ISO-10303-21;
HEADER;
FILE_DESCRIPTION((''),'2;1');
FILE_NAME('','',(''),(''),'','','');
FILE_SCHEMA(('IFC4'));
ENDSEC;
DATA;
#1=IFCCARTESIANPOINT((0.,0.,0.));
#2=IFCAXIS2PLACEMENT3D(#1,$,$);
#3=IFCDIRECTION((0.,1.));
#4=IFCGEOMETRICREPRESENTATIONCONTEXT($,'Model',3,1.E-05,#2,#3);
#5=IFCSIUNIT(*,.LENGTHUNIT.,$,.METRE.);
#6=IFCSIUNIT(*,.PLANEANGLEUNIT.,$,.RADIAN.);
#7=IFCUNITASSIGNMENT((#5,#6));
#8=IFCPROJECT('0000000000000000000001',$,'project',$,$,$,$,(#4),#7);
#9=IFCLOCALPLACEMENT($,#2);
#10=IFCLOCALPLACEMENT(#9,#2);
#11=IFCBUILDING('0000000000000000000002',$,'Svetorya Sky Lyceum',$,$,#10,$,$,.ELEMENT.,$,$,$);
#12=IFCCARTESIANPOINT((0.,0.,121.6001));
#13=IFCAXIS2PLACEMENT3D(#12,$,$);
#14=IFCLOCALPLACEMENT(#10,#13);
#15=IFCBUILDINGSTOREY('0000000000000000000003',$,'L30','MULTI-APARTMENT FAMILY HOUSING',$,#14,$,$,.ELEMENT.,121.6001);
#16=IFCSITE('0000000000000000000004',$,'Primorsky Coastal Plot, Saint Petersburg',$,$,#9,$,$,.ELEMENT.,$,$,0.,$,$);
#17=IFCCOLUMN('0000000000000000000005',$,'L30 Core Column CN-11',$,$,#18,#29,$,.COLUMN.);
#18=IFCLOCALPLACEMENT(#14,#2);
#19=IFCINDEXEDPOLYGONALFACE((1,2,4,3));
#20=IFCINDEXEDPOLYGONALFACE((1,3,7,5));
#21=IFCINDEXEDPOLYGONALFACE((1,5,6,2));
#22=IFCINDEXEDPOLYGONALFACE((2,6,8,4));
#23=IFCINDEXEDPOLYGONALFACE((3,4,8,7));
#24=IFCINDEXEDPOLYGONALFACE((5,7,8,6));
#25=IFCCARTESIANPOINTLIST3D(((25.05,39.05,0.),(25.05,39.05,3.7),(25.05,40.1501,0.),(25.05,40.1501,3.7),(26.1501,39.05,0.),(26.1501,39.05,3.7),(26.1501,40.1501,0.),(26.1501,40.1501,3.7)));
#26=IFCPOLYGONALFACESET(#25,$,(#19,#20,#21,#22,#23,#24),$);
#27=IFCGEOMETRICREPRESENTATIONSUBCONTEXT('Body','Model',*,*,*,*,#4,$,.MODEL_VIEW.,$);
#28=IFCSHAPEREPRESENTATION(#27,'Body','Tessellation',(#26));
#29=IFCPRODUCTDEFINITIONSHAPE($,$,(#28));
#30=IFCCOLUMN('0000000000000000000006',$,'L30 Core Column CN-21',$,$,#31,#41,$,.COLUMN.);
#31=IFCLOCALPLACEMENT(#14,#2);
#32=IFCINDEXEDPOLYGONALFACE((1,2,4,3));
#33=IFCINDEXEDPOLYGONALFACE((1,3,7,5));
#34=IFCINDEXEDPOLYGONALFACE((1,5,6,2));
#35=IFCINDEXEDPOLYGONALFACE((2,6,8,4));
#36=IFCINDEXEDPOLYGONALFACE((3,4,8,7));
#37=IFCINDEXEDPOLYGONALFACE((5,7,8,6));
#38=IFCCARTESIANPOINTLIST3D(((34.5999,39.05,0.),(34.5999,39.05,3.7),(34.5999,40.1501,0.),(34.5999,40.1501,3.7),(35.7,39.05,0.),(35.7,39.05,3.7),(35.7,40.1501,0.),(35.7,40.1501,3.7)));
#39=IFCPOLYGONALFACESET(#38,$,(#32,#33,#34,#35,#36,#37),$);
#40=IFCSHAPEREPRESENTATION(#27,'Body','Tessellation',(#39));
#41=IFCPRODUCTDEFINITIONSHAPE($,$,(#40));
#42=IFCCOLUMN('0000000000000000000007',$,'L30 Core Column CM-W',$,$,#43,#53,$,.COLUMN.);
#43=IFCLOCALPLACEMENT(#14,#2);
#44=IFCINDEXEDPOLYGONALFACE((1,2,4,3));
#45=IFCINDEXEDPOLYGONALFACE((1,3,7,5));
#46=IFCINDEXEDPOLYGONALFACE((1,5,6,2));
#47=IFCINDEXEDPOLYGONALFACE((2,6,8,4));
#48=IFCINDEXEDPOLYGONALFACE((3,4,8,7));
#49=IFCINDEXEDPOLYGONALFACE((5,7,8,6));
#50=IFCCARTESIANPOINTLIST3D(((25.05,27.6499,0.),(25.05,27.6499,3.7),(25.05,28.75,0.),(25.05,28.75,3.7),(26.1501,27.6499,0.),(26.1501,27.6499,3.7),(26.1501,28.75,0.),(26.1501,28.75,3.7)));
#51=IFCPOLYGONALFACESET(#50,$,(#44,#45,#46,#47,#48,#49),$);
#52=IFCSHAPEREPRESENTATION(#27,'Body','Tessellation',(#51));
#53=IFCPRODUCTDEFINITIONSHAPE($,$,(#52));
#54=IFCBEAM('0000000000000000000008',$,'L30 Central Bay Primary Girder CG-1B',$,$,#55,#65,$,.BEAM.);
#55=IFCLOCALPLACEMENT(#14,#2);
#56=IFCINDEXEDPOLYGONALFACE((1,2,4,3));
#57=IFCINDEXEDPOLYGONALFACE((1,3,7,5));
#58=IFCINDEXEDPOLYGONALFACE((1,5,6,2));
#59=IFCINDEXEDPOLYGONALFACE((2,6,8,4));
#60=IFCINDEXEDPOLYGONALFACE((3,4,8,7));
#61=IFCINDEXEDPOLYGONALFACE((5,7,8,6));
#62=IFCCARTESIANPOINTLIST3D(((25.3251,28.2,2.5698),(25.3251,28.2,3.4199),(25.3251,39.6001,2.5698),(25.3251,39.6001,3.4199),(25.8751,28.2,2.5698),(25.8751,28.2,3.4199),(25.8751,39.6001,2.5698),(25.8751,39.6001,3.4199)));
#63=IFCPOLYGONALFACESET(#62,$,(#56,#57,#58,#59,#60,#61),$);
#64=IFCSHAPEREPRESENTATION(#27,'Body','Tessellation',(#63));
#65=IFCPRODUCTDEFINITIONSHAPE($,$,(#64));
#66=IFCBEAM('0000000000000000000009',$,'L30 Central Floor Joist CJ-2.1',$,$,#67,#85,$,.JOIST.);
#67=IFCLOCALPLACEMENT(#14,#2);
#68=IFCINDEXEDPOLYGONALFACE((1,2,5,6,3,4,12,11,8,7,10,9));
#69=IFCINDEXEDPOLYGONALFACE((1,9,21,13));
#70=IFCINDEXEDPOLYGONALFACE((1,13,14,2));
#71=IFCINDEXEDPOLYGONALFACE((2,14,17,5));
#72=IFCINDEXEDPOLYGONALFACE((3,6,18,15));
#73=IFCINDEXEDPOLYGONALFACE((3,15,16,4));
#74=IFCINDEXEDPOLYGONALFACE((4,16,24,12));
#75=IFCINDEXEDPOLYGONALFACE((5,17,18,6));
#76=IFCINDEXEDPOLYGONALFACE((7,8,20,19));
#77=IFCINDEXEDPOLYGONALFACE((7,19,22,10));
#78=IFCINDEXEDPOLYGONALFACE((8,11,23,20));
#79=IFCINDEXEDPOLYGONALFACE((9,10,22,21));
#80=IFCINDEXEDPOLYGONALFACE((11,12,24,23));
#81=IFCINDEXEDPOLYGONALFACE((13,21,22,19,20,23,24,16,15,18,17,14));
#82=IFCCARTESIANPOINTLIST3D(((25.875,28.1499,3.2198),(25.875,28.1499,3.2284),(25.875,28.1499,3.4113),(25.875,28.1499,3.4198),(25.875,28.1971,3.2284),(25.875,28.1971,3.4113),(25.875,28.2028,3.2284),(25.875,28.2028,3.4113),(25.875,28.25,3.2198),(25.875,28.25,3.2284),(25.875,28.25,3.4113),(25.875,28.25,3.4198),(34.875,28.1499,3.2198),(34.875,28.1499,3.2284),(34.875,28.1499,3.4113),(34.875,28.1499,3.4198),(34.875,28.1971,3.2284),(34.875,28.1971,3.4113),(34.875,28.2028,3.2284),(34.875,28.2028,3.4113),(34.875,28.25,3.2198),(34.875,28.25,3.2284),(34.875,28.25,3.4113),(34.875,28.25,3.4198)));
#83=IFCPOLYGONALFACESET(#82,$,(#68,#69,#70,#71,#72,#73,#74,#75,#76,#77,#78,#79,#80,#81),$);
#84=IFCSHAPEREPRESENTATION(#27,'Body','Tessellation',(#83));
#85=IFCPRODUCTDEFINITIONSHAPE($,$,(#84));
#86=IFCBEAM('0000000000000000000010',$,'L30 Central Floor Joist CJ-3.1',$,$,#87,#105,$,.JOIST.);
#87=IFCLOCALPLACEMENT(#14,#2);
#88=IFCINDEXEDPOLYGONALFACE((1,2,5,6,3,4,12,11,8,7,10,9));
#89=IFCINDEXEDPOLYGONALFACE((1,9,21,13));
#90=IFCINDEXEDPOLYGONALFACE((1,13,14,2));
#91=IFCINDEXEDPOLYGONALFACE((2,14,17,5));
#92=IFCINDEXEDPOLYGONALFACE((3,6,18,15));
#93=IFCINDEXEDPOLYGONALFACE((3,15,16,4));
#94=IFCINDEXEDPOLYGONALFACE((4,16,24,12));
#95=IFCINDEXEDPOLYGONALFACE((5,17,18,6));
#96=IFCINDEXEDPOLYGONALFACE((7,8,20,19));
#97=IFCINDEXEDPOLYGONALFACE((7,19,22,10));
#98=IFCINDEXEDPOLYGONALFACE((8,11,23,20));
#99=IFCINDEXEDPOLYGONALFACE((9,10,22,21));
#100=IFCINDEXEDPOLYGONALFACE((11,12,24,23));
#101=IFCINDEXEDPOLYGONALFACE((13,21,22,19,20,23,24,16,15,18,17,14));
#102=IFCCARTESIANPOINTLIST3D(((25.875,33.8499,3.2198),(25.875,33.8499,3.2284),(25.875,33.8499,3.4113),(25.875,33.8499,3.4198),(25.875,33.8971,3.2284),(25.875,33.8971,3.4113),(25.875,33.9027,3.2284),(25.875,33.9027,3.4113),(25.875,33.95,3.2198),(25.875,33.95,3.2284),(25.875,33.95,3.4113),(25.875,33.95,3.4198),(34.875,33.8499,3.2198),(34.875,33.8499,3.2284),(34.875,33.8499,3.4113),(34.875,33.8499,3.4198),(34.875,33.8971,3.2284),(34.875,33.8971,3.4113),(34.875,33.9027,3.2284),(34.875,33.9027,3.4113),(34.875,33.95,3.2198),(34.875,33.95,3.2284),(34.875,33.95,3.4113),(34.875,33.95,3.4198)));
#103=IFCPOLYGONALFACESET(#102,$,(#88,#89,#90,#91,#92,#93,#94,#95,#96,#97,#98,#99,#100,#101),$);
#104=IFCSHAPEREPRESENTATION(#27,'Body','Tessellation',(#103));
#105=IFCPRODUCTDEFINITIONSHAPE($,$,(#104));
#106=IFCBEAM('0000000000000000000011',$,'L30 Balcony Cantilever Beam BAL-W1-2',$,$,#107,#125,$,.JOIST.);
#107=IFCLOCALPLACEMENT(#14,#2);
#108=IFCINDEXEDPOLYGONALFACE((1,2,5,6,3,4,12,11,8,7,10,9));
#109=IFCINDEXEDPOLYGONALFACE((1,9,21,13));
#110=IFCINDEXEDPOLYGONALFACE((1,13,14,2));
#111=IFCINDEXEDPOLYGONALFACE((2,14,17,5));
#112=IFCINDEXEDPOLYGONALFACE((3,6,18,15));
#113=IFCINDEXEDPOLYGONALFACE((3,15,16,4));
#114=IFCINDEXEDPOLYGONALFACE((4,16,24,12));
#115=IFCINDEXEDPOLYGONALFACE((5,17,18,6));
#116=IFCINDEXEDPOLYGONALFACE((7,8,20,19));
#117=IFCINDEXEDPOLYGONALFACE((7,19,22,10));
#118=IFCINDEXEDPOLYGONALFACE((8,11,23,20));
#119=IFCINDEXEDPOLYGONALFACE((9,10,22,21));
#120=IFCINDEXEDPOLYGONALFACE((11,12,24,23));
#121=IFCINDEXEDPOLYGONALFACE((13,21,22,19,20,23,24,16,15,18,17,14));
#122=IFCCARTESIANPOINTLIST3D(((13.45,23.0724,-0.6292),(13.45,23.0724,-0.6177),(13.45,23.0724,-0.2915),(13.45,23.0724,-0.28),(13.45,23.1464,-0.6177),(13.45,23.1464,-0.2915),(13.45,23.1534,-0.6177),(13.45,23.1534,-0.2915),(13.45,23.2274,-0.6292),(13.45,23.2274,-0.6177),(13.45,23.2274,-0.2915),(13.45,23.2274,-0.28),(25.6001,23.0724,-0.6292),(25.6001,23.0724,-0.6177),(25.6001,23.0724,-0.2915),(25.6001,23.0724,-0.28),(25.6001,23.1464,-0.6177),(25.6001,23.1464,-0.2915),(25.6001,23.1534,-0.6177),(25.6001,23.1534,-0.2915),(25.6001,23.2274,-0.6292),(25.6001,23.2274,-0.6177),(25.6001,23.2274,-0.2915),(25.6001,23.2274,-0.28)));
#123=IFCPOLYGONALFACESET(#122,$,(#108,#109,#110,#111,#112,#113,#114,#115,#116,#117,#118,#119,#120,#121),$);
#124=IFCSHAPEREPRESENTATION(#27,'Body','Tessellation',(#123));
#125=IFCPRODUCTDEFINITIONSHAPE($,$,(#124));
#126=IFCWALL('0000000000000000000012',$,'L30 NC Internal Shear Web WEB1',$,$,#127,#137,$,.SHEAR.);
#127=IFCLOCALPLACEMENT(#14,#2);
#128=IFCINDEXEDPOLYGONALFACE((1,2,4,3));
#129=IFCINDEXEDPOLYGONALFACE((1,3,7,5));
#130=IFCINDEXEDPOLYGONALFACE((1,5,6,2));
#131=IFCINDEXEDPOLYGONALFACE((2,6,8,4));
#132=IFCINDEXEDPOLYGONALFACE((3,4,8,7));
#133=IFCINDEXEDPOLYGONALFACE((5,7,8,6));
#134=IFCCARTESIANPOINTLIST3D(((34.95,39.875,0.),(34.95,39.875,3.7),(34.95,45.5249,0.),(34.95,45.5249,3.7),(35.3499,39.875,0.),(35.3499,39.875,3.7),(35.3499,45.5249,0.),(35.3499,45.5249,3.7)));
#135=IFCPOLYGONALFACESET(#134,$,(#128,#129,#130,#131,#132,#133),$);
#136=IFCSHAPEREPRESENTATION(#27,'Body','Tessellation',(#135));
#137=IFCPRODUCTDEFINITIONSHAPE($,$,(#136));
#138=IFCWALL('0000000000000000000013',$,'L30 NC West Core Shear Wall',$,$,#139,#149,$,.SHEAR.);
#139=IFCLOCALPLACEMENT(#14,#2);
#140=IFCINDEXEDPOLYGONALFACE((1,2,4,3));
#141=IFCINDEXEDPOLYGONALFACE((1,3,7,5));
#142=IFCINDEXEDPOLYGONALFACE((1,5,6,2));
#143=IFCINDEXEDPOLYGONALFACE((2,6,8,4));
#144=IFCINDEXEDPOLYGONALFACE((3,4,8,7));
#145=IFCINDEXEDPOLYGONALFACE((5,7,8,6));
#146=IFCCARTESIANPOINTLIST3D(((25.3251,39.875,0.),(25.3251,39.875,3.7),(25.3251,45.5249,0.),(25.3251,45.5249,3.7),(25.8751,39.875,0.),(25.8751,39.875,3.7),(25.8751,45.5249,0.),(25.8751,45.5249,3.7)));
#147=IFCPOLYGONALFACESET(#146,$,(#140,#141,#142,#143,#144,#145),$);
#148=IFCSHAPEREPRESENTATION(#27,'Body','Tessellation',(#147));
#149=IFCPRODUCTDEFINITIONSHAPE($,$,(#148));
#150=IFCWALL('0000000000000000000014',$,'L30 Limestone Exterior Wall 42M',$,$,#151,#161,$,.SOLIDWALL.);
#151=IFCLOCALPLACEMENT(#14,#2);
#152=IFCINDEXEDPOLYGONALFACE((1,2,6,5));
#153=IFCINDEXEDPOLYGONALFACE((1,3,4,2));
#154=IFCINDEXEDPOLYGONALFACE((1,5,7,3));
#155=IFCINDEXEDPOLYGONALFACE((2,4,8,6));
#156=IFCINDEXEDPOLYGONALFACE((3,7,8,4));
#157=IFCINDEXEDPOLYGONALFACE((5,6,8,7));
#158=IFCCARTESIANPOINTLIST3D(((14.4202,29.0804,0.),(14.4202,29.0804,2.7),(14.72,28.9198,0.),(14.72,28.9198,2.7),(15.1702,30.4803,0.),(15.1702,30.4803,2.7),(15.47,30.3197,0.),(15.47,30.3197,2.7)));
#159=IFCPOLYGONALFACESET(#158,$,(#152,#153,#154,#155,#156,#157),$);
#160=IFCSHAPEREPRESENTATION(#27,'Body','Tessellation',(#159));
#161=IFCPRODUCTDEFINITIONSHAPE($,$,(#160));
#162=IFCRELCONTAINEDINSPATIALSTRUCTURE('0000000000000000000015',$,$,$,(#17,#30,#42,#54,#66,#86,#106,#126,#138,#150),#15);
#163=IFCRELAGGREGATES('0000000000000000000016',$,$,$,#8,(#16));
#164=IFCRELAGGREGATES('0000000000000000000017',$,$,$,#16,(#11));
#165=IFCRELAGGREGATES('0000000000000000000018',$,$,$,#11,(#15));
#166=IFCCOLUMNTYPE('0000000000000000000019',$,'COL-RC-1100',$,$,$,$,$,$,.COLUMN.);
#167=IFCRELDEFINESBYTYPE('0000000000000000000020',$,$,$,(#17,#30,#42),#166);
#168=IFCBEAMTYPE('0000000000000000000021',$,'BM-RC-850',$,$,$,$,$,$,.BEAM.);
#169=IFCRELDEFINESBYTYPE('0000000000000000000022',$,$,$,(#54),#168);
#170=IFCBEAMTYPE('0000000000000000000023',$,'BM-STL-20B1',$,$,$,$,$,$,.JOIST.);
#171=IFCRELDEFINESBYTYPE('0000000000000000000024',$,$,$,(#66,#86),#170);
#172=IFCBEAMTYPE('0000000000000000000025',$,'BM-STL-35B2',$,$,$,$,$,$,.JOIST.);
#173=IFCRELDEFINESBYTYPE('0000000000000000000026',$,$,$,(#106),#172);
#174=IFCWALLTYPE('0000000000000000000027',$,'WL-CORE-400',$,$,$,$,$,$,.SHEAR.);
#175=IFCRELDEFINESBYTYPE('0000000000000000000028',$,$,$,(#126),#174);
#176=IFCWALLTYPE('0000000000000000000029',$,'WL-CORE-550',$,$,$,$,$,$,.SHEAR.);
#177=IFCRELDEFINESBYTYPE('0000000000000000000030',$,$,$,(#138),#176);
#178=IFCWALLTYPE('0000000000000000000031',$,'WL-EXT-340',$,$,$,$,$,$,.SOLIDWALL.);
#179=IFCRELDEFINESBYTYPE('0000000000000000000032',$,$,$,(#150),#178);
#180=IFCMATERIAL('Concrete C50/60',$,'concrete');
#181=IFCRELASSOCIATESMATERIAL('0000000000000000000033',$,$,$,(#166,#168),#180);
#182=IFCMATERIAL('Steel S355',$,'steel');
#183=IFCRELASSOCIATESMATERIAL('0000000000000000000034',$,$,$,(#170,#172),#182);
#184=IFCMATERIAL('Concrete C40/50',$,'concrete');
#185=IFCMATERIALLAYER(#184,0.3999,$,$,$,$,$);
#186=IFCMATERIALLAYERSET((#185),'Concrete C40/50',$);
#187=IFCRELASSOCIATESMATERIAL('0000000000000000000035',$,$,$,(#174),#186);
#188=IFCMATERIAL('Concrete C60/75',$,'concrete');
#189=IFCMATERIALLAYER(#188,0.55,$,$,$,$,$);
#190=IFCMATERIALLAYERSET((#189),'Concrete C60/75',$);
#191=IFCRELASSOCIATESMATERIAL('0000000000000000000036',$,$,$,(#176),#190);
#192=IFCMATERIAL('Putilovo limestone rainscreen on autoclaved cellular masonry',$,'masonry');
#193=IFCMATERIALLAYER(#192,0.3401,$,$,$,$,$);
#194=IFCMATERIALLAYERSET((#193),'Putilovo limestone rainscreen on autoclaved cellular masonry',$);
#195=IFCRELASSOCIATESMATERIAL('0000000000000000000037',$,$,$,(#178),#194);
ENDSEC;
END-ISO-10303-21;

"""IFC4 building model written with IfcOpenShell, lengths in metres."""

from ifc_helpers import new_model, si_unit, direction, frame, frame_2d, origin, origin_2d, place, context, subcontext, project, spatial, rectangle, i_section, extrude, material, layer, layer_set, material_profile, profile_set, type_object, element, save


model = new_model("IFC4")

# Units and contexts
model_context = context("Model", 3, precision=1e-05, world=origin(), true_north=direction((0.0, 1.0)))
body_context = subcontext(model_context, "Body", "Model", "MODEL_VIEW")
ifc_project = project(units=[si_unit("LENGTHUNIT", "METRE"), si_unit("PLANEANGLEUNIT", "RADIAN")], contexts=[model_context])

# Site, building, storey
site_placement = place(None, origin())
site = spatial("IfcSite", under=ifc_project, at=site_placement, Name="Primorsky Coastal Plot, Saint Petersburg", CompositionType="ELEMENT", RefElevation=0.0)
building_placement = place(site_placement, origin())
building = spatial("IfcBuilding", under=site, at=building_placement, Name="Svetorya Sky Lyceum", CompositionType="ELEMENT")
storey_placement = place(building_placement, frame((0.0, 0.0, 121.6001)))
storey = spatial("IfcBuildingStorey", under=building, at=storey_placement, Name="L30", Description="MULTI-APARTMENT FAMILY HOUSING", CompositionType="ELEMENT", Elevation=121.6001)

# Columns
ifc_material_1 = material(Name="Concrete C50/60", Category="concrete")
ifc_material_profile_1 = material_profile(ifc_material_1, rectangle(XDim=1.1001, YDim=1.1001, at=origin_2d()), Name="RC COL 1100x1100")
ifc_profile_set_1 = profile_set([ifc_material_profile_1], Name="Concrete C50/60")
column_type = type_object("IfcColumnType", Name="COL-RC-1100", PredefinedType="COLUMN", material=ifc_profile_set_1)
for number, where, z_axis, x_axis, name in (
    (1, (25.6001, 39.6001, 0.0), (0.0, 0.0, 1.0), (1.0, 0.0, 0.0), "L30 Core Column CN-11"),
    (2, (35.1499, 39.6001, 0.0), (0.0, 0.0, 1.0), (1.0, 0.0, 0.0), "L30 Core Column CN-21"),
    (3, (25.6001, 28.2, 0.0), (0.0, 0.0, 1.0), (1.0, 0.0, 0.0), "L30 Core Column CM-W"),
):
    element("IfcColumn", number, at=place(storey_placement, frame(where, z_axis=z_axis, x_axis=x_axis)), inside=storey, type_object=column_type, Name=name, PredefinedType="COLUMN", context=body_context, shape_type="SweptSolid", body=[
        extrude(rectangle(XDim=1.1001, YDim=1.1001, at=origin_2d()), origin(), (0.0, 0.0, 1.0), 3.7),
    ])

# Beams
ifc_material_profile_2 = material_profile(ifc_material_1, rectangle(XDim=0.55, YDim=0.8501, at=origin_2d()), Name="RC BEAM 550x850")
ifc_profile_set_2 = profile_set([ifc_material_profile_2], Name="Concrete C50/60")
beam_type_1 = type_object("IfcBeamType", Name="BM-RC-850", PredefinedType="BEAM", material=ifc_profile_set_2)
beam_1_placement = place(storey_placement, frame((25.6001, 28.2, 2.9949), z_axis=(0.0, 1.0, 0.0), x_axis=(-1.0, 0.0, 0.0)))
element("IfcBeam", 4, at=beam_1_placement, inside=storey, type_object=beam_type_1, Name="L30 Central Bay Primary Girder CG-1B", PredefinedType="BEAM", context=body_context, shape_type="SweptSolid", body=[
    extrude(rectangle(XDim=0.55, YDim=0.8501, at=origin_2d()), origin(), (0.0, 0.0, 1.0), 11.4001),
])
ifc_material_2 = material(Name="Steel S355", Category="steel")
ifc_material_profile_3 = material_profile(ifc_material_2, i_section(OverallWidth=0.1001, OverallDepth=0.2, WebThickness=0.0056, FlangeThickness=0.0085, at=origin_2d()), Name="GOST 20B1")
ifc_profile_set_3 = profile_set([ifc_material_profile_3], Name="Steel S355")
beam_type_2 = type_object("IfcBeamType", Name="BM-STL-20B1", PredefinedType="JOIST", material=ifc_profile_set_3)
for number, where, z_axis, x_axis, name in (
    (5, (25.875, 28.2, 3.3198), (1.0, 0.0, 0.0), (0.0, 1.0, 0.0), "L30 Central Floor Joist CJ-2.1"),
    (6, (25.875, 33.8999, 3.3198), (1.0, 0.0, 0.0), (0.0, 1.0, 0.0), "L30 Central Floor Joist CJ-3.1"),
):
    element("IfcBeam", number, at=place(storey_placement, frame(where, z_axis=z_axis, x_axis=x_axis)), inside=storey, type_object=beam_type_2, Name=name, PredefinedType="JOIST", context=body_context, shape_type="SweptSolid", body=[
        extrude(i_section(OverallWidth=0.1001, OverallDepth=0.2, WebThickness=0.0056, FlangeThickness=0.0085, at=origin_2d()), origin(), (0.0, 0.0, 1.0), 9.0),
    ])
ifc_material_profile_4 = material_profile(ifc_material_2, i_section(OverallWidth=0.155, OverallDepth=0.3491, WebThickness=0.0071, FlangeThickness=0.0115, at=origin_2d()), Name="GOST 35B2")
ifc_profile_set_4 = profile_set([ifc_material_profile_4], Name="Steel S355")
beam_type_3 = type_object("IfcBeamType", Name="BM-STL-35B2", PredefinedType="JOIST", material=ifc_profile_set_4)
beam_2_placement = place(storey_placement, frame((25.6001, 23.1499, -0.4546), z_axis=(-1.0, 0.0, 0.0), x_axis=(0.0, -1.0, 0.0)))
element("IfcBeam", 7, at=beam_2_placement, inside=storey, type_object=beam_type_3, Name="L30 Balcony Cantilever Beam BAL-W1-2", PredefinedType="JOIST", context=body_context, shape_type="SweptSolid", body=[
    extrude(i_section(OverallWidth=0.155, OverallDepth=0.3491, WebThickness=0.0071, FlangeThickness=0.0115, at=origin_2d()), origin(), (0.0, 0.0, 1.0), 12.1501),
])

# Walls
ifc_material_3 = material(Name="Concrete C40/50", Category="concrete")
ifc_layer_1 = layer(ifc_material_3, 0.3999)
ifc_layer_set_1 = layer_set([ifc_layer_1], Name="Concrete C40/50")
wall_type_1 = type_object("IfcWallType", Name="WL-CORE-400", PredefinedType="SHEAR", material=ifc_layer_set_1)
wall_1_placement = place(storey_placement, frame((35.1499, 39.875, 0.0), z_axis=(0.0, 0.0, 1.0), x_axis=(0.0, 1.0, 0.0)))
element("IfcWall", 8, at=wall_1_placement, inside=storey, type_object=wall_type_1, Name="L30 NC Internal Shear Web WEB1", PredefinedType="SHEAR", context=body_context, shape_type="SweptSolid", body=[
    extrude(rectangle(XDim=5.6499, YDim=0.3999, at=frame_2d((2.825, 0.0))), origin(), (0.0, 0.0, 1.0), 3.7),
])
ifc_material_4 = material(Name="Concrete C60/75", Category="concrete")
ifc_layer_2 = layer(ifc_material_4, 0.55)
ifc_layer_set_2 = layer_set([ifc_layer_2], Name="Concrete C60/75")
wall_type_2 = type_object("IfcWallType", Name="WL-CORE-550", PredefinedType="SHEAR", material=ifc_layer_set_2)
wall_2_placement = place(storey_placement, frame((25.6001, 39.875, 0.0), z_axis=(0.0, 0.0, 1.0), x_axis=(0.0, 1.0, 0.0)))
element("IfcWall", 9, at=wall_2_placement, inside=storey, type_object=wall_type_2, Name="L30 NC West Core Shear Wall", PredefinedType="SHEAR", context=body_context, shape_type="SweptSolid", body=[
    extrude(rectangle(XDim=5.6499, YDim=0.55, at=frame_2d((2.825, 0.0))), origin(), (0.0, 0.0, 1.0), 3.7),
])
ifc_material_5 = material(Name="Putilovo limestone rainscreen on autoclaved cellular masonry", Category="masonry")
ifc_layer_3 = layer(ifc_material_5, 0.3401)
ifc_layer_set_3 = layer_set([ifc_layer_3], Name="Putilovo limestone rainscreen on autoclaved cellular masonry")
wall_type_3 = type_object("IfcWallType", Name="WL-EXT-340", PredefinedType="SOLIDWALL", material=ifc_layer_set_3)
wall_3_placement = place(storey_placement, frame((15.3201, 30.3999, 0.0), z_axis=(0.0, 0.0, 1.0), x_axis=(-0.472247, -0.881466, 0.0)))
element("IfcWall", 10, at=wall_3_placement, inside=storey, type_object=wall_type_3, Name="L30 Limestone Exterior Wall 42M", PredefinedType="SOLIDWALL", context=body_context, shape_type="SweptSolid", body=[
    extrude(rectangle(XDim=1.5881, YDim=0.3401, at=frame_2d((0.7939, 0.0))), origin(), (0.0, 0.0, 1.0), 2.7),
])

save(model, "model.ifc")
